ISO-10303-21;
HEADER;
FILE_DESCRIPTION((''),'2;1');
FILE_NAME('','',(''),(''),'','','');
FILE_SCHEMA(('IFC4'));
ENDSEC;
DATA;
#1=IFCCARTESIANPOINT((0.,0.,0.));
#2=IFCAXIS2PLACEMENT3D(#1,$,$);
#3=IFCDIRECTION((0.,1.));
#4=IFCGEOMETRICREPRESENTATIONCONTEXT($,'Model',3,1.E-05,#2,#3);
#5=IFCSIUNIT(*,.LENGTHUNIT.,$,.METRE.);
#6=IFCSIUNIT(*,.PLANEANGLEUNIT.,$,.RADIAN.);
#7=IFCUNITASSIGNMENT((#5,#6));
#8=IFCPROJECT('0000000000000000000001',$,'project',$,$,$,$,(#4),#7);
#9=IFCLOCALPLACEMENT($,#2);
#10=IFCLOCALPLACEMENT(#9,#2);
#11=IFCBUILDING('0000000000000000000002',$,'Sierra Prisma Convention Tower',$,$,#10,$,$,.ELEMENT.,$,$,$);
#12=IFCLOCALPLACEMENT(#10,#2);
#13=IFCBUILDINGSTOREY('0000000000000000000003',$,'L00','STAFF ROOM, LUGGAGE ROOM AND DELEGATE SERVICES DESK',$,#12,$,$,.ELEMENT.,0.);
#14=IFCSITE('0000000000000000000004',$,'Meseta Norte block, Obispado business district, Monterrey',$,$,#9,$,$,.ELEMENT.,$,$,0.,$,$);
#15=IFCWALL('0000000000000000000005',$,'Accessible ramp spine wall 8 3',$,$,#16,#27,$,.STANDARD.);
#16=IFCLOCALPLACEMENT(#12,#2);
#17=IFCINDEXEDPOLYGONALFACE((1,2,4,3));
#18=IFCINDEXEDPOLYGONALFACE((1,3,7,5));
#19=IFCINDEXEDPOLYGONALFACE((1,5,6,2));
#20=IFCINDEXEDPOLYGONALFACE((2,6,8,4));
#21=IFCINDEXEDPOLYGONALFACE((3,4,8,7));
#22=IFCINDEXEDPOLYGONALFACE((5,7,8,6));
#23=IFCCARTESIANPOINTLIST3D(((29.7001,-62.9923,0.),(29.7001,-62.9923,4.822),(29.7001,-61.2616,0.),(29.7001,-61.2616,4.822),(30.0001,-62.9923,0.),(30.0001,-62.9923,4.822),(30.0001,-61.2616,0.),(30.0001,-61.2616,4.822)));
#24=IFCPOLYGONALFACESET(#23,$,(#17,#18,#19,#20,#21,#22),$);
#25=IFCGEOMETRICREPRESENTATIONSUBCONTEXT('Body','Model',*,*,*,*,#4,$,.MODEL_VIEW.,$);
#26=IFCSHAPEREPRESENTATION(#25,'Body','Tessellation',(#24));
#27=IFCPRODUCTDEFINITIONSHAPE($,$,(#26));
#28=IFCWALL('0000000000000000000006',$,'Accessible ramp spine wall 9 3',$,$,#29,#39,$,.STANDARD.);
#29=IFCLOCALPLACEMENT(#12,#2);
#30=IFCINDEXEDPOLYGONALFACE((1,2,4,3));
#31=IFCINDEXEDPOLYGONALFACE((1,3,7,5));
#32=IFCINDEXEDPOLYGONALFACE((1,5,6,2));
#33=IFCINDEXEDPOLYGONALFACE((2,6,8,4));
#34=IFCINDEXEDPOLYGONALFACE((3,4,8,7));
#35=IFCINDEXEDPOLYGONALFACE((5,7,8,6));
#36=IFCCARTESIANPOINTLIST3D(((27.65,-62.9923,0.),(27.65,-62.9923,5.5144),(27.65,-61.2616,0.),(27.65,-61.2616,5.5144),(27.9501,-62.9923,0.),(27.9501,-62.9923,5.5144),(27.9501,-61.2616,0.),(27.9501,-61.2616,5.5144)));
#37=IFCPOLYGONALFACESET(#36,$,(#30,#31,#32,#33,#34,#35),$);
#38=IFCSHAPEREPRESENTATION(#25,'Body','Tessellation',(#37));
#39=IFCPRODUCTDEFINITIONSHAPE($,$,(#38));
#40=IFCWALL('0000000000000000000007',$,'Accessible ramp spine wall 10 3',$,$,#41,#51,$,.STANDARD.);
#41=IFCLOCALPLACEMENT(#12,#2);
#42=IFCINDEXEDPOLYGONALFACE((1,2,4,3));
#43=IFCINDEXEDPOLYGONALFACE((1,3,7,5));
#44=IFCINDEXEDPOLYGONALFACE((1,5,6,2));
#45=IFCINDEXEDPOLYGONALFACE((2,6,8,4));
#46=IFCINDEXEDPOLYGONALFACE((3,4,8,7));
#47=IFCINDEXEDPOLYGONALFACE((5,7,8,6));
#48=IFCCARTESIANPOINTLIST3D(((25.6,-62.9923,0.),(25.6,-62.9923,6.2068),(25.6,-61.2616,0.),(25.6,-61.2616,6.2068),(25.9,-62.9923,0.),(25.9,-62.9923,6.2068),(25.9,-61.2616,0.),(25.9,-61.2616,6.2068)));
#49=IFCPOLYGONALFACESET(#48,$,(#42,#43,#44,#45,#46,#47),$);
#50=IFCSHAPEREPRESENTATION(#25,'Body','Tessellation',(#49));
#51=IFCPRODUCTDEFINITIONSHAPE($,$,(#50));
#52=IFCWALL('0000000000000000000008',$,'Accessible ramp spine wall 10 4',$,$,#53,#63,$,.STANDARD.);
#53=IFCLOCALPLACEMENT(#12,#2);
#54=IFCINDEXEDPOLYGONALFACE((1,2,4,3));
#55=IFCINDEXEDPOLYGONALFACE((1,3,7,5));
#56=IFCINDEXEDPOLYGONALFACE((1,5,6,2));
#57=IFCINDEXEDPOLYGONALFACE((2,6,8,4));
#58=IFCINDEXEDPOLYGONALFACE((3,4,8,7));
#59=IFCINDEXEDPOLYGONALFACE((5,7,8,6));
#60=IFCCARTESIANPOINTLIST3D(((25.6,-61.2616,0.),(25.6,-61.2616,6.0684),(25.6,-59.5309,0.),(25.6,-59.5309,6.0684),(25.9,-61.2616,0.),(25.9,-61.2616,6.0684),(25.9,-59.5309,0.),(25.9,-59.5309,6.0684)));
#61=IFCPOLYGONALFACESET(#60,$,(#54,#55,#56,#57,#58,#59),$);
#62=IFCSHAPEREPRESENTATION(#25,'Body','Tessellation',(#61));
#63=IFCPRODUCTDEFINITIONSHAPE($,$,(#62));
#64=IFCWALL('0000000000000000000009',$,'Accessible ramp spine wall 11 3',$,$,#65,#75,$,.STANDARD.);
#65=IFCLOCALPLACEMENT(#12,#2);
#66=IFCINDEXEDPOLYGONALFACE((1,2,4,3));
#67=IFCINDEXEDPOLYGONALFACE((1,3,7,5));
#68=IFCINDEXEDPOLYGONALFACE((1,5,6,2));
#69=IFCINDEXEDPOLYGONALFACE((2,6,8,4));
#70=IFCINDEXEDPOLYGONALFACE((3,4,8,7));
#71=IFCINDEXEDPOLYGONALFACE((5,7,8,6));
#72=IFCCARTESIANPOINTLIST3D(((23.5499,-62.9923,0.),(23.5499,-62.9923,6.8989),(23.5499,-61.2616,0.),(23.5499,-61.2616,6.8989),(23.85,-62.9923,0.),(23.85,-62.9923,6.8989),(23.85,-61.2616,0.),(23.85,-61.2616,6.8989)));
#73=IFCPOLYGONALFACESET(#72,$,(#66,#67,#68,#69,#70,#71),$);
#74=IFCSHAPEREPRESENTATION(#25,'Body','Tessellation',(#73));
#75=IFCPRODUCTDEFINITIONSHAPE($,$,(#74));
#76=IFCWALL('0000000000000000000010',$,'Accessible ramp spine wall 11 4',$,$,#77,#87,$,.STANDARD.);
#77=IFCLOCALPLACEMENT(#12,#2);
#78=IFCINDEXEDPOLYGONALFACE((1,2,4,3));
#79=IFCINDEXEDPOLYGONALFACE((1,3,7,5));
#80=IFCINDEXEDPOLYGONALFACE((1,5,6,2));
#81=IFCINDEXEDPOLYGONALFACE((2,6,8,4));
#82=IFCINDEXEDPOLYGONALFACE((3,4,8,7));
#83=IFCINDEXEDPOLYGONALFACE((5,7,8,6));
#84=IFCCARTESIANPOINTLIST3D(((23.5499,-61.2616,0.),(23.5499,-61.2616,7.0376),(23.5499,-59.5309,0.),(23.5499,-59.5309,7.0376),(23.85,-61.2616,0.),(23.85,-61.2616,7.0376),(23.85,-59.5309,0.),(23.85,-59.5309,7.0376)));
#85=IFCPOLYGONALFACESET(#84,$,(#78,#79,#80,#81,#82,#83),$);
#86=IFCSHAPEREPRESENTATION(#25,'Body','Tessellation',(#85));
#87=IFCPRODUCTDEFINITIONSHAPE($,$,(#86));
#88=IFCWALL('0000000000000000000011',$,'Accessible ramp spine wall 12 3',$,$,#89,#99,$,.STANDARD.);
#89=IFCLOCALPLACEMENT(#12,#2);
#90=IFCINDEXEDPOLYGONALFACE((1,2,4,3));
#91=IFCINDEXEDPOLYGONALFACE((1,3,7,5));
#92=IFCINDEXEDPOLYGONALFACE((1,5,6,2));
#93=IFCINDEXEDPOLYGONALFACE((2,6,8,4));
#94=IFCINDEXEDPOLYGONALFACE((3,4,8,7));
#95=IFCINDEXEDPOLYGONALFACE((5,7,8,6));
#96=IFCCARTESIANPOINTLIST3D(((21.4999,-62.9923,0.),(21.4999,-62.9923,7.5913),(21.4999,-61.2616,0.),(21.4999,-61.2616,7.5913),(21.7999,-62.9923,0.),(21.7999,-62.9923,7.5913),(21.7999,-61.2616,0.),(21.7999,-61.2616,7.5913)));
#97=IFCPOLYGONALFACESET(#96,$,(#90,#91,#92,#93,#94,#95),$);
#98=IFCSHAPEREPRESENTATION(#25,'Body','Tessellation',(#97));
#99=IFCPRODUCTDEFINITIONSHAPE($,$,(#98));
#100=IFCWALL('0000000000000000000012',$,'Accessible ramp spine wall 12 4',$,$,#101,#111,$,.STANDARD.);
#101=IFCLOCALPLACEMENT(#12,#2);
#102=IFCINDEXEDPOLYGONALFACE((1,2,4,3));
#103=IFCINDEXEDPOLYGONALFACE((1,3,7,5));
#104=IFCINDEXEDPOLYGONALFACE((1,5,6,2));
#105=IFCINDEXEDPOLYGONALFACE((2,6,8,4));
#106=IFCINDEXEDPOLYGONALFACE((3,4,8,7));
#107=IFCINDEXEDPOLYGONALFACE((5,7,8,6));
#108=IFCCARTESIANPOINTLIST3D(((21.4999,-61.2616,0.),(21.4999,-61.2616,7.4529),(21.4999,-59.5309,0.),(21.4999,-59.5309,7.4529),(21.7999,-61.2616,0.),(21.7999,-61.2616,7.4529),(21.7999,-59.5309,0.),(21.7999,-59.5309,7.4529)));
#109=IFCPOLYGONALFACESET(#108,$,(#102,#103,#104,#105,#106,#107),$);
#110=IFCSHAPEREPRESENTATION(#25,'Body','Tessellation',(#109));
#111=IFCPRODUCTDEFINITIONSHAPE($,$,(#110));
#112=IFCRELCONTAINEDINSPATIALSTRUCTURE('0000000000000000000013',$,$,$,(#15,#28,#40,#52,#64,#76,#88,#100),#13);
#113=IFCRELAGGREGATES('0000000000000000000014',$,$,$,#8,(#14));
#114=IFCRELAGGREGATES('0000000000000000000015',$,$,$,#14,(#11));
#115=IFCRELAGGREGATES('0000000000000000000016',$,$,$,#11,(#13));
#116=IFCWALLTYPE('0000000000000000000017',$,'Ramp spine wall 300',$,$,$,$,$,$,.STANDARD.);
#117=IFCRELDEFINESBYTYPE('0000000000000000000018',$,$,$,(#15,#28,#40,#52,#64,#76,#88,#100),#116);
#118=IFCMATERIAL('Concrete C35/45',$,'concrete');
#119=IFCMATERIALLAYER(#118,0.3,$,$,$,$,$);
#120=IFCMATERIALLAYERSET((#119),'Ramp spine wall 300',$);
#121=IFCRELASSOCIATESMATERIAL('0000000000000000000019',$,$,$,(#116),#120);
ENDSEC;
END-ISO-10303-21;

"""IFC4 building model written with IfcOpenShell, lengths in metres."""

from ifc_helpers import new_model, si_unit, direction, frame, frame_2d, origin, place, context, subcontext, project, spatial, rectangle, extrude, material, layer, layer_set, type_object, element, save


model = new_model("IFC4")

# Units and contexts
model_context = context("Model", 3, precision=1e-05, world=origin(), true_north=direction((0.0, 1.0)))
body_context = subcontext(model_context, "Body", "Model", "MODEL_VIEW")
ifc_project = project(units=[si_unit("LENGTHUNIT", "METRE"), si_unit("PLANEANGLEUNIT", "RADIAN")], contexts=[model_context])

# Site, building, storey
site_placement = place(None, origin())
site = spatial("IfcSite", under=ifc_project, at=site_placement, Name="Meseta Norte block, Obispado business district, Monterrey", CompositionType="ELEMENT", RefElevation=0.0)
building_placement = place(site_placement, origin())
building = spatial("IfcBuilding", under=site, at=building_placement, Name="Sierra Prisma Convention Tower", CompositionType="ELEMENT")
storey_placement = place(building_placement, origin())
storey = spatial("IfcBuildingStorey", under=building, at=storey_placement, Name="L00", Description="STAFF ROOM, LUGGAGE ROOM AND DELEGATE SERVICES DESK", CompositionType="ELEMENT", Elevation=0.0)

# Walls
ifc_material_1 = material(Name="Concrete C35/45", Category="concrete")
ifc_layer_1 = layer(ifc_material_1, 0.3)
ifc_layer_set_1 = layer_set([ifc_layer_1], Name="Ramp spine wall 300")
wall_type_1 = type_object("IfcWallType", Name="Ramp spine wall 300", PredefinedType="STANDARD", material=ifc_layer_set_1)
wall_1_placement = place(storey_placement, frame((29.8501, -62.9922, 0.0), z_axis=(0.0, 0.0, 1.0), x_axis=(0.0, 1.0, 0.0)))
element("IfcWall", 1, at=wall_1_placement, inside=storey, type_object=wall_type_1, Name="Accessible ramp spine wall 8 3", PredefinedType="STANDARD", context=body_context, shape_type="SweptSolid", body=[
    extrude(rectangle(XDim=1.7307, YDim=0.3, at=frame_2d((0.8652, 0.0))), origin(), (0.0, 0.0, 1.0), 4.822),
])
wall_2_placement = place(storey_placement, frame((27.8, -62.9922, 0.0), z_axis=(0.0, 0.0, 1.0), x_axis=(0.0, 1.0, 0.0)))
element("IfcWall", 2, at=wall_2_placement, inside=storey, type_object=wall_type_1, Name="Accessible ramp spine wall 9 3", PredefinedType="STANDARD", context=body_context, shape_type="SweptSolid", body=[
    extrude(rectangle(XDim=1.7307, YDim=0.3, at=frame_2d((0.8652, 0.0))), origin(), (0.0, 0.0, 1.0), 5.5144),
])
wall_3_placement = place(storey_placement, frame((25.75, -62.9922, 0.0), z_axis=(0.0, 0.0, 1.0), x_axis=(0.0, 1.0, 0.0)))
element("IfcWall", 3, at=wall_3_placement, inside=storey, type_object=wall_type_1, Name="Accessible ramp spine wall 10 3", PredefinedType="STANDARD", context=body_context, shape_type="SweptSolid", body=[
    extrude(rectangle(XDim=1.7307, YDim=0.3, at=frame_2d((0.8652, 0.0))), origin(), (0.0, 0.0, 1.0), 6.2068),
])
wall_4_placement = place(storey_placement, frame((25.75, -61.2615, 0.0), z_axis=(0.0, 0.0, 1.0), x_axis=(0.0, 1.0, 0.0)))
element("IfcWall", 4, at=wall_4_placement, inside=storey, type_object=wall_type_1, Name="Accessible ramp spine wall 10 4", PredefinedType="STANDARD", context=body_context, shape_type="SweptSolid", body=[
    extrude(rectangle(XDim=1.7307, YDim=0.3, at=frame_2d((0.8652, 0.0))), origin(), (0.0, 0.0, 1.0), 6.0684),
])
wall_5_placement = place(storey_placement, frame((23.7, -62.9922, 0.0), z_axis=(0.0, 0.0, 1.0), x_axis=(0.0, 1.0, 0.0)))
element("IfcWall", 5, at=wall_5_placement, inside=storey, type_object=wall_type_1, Name="Accessible ramp spine wall 11 3", PredefinedType="STANDARD", context=body_context, shape_type="SweptSolid", body=[
    extrude(rectangle(XDim=1.7307, YDim=0.3, at=frame_2d((0.8652, 0.0))), origin(), (0.0, 0.0, 1.0), 6.8989),
])
wall_6_placement = place(storey_placement, frame((23.7, -61.2615, 0.0), z_axis=(0.0, 0.0, 1.0), x_axis=(0.0, 1.0, 0.0)))
element("IfcWall", 6, at=wall_6_placement, inside=storey, type_object=wall_type_1, Name="Accessible ramp spine wall 11 4", PredefinedType="STANDARD", context=body_context, shape_type="SweptSolid", body=[
    extrude(rectangle(XDim=1.7307, YDim=0.3, at=frame_2d((0.8652, 0.0))), origin(), (0.0, 0.0, 1.0), 7.0376),
])
wall_7_placement = place(storey_placement, frame((21.6499, -62.9922, 0.0), z_axis=(0.0, 0.0, 1.0), x_axis=(0.0, 1.0, 0.0)))
element("IfcWall", 7, at=wall_7_placement, inside=storey, type_object=wall_type_1, Name="Accessible ramp spine wall 12 3", PredefinedType="STANDARD", context=body_context, shape_type="SweptSolid", body=[
    extrude(rectangle(XDim=1.7307, YDim=0.3, at=frame_2d((0.8652, 0.0))), origin(), (0.0, 0.0, 1.0), 7.5913),
])
wall_8_placement = place(storey_placement, frame((21.6499, -61.2615, 0.0), z_axis=(0.0, 0.0, 1.0), x_axis=(0.0, 1.0, 0.0)))
element("IfcWall", 8, at=wall_8_placement, inside=storey, type_object=wall_type_1, Name="Accessible ramp spine wall 12 4", PredefinedType="STANDARD", context=body_context, shape_type="SweptSolid", body=[
    extrude(rectangle(XDim=1.7307, YDim=0.3, at=frame_2d((0.8652, 0.0))), origin(), (0.0, 0.0, 1.0), 7.4529),
])

save(model, "model.ifc")
